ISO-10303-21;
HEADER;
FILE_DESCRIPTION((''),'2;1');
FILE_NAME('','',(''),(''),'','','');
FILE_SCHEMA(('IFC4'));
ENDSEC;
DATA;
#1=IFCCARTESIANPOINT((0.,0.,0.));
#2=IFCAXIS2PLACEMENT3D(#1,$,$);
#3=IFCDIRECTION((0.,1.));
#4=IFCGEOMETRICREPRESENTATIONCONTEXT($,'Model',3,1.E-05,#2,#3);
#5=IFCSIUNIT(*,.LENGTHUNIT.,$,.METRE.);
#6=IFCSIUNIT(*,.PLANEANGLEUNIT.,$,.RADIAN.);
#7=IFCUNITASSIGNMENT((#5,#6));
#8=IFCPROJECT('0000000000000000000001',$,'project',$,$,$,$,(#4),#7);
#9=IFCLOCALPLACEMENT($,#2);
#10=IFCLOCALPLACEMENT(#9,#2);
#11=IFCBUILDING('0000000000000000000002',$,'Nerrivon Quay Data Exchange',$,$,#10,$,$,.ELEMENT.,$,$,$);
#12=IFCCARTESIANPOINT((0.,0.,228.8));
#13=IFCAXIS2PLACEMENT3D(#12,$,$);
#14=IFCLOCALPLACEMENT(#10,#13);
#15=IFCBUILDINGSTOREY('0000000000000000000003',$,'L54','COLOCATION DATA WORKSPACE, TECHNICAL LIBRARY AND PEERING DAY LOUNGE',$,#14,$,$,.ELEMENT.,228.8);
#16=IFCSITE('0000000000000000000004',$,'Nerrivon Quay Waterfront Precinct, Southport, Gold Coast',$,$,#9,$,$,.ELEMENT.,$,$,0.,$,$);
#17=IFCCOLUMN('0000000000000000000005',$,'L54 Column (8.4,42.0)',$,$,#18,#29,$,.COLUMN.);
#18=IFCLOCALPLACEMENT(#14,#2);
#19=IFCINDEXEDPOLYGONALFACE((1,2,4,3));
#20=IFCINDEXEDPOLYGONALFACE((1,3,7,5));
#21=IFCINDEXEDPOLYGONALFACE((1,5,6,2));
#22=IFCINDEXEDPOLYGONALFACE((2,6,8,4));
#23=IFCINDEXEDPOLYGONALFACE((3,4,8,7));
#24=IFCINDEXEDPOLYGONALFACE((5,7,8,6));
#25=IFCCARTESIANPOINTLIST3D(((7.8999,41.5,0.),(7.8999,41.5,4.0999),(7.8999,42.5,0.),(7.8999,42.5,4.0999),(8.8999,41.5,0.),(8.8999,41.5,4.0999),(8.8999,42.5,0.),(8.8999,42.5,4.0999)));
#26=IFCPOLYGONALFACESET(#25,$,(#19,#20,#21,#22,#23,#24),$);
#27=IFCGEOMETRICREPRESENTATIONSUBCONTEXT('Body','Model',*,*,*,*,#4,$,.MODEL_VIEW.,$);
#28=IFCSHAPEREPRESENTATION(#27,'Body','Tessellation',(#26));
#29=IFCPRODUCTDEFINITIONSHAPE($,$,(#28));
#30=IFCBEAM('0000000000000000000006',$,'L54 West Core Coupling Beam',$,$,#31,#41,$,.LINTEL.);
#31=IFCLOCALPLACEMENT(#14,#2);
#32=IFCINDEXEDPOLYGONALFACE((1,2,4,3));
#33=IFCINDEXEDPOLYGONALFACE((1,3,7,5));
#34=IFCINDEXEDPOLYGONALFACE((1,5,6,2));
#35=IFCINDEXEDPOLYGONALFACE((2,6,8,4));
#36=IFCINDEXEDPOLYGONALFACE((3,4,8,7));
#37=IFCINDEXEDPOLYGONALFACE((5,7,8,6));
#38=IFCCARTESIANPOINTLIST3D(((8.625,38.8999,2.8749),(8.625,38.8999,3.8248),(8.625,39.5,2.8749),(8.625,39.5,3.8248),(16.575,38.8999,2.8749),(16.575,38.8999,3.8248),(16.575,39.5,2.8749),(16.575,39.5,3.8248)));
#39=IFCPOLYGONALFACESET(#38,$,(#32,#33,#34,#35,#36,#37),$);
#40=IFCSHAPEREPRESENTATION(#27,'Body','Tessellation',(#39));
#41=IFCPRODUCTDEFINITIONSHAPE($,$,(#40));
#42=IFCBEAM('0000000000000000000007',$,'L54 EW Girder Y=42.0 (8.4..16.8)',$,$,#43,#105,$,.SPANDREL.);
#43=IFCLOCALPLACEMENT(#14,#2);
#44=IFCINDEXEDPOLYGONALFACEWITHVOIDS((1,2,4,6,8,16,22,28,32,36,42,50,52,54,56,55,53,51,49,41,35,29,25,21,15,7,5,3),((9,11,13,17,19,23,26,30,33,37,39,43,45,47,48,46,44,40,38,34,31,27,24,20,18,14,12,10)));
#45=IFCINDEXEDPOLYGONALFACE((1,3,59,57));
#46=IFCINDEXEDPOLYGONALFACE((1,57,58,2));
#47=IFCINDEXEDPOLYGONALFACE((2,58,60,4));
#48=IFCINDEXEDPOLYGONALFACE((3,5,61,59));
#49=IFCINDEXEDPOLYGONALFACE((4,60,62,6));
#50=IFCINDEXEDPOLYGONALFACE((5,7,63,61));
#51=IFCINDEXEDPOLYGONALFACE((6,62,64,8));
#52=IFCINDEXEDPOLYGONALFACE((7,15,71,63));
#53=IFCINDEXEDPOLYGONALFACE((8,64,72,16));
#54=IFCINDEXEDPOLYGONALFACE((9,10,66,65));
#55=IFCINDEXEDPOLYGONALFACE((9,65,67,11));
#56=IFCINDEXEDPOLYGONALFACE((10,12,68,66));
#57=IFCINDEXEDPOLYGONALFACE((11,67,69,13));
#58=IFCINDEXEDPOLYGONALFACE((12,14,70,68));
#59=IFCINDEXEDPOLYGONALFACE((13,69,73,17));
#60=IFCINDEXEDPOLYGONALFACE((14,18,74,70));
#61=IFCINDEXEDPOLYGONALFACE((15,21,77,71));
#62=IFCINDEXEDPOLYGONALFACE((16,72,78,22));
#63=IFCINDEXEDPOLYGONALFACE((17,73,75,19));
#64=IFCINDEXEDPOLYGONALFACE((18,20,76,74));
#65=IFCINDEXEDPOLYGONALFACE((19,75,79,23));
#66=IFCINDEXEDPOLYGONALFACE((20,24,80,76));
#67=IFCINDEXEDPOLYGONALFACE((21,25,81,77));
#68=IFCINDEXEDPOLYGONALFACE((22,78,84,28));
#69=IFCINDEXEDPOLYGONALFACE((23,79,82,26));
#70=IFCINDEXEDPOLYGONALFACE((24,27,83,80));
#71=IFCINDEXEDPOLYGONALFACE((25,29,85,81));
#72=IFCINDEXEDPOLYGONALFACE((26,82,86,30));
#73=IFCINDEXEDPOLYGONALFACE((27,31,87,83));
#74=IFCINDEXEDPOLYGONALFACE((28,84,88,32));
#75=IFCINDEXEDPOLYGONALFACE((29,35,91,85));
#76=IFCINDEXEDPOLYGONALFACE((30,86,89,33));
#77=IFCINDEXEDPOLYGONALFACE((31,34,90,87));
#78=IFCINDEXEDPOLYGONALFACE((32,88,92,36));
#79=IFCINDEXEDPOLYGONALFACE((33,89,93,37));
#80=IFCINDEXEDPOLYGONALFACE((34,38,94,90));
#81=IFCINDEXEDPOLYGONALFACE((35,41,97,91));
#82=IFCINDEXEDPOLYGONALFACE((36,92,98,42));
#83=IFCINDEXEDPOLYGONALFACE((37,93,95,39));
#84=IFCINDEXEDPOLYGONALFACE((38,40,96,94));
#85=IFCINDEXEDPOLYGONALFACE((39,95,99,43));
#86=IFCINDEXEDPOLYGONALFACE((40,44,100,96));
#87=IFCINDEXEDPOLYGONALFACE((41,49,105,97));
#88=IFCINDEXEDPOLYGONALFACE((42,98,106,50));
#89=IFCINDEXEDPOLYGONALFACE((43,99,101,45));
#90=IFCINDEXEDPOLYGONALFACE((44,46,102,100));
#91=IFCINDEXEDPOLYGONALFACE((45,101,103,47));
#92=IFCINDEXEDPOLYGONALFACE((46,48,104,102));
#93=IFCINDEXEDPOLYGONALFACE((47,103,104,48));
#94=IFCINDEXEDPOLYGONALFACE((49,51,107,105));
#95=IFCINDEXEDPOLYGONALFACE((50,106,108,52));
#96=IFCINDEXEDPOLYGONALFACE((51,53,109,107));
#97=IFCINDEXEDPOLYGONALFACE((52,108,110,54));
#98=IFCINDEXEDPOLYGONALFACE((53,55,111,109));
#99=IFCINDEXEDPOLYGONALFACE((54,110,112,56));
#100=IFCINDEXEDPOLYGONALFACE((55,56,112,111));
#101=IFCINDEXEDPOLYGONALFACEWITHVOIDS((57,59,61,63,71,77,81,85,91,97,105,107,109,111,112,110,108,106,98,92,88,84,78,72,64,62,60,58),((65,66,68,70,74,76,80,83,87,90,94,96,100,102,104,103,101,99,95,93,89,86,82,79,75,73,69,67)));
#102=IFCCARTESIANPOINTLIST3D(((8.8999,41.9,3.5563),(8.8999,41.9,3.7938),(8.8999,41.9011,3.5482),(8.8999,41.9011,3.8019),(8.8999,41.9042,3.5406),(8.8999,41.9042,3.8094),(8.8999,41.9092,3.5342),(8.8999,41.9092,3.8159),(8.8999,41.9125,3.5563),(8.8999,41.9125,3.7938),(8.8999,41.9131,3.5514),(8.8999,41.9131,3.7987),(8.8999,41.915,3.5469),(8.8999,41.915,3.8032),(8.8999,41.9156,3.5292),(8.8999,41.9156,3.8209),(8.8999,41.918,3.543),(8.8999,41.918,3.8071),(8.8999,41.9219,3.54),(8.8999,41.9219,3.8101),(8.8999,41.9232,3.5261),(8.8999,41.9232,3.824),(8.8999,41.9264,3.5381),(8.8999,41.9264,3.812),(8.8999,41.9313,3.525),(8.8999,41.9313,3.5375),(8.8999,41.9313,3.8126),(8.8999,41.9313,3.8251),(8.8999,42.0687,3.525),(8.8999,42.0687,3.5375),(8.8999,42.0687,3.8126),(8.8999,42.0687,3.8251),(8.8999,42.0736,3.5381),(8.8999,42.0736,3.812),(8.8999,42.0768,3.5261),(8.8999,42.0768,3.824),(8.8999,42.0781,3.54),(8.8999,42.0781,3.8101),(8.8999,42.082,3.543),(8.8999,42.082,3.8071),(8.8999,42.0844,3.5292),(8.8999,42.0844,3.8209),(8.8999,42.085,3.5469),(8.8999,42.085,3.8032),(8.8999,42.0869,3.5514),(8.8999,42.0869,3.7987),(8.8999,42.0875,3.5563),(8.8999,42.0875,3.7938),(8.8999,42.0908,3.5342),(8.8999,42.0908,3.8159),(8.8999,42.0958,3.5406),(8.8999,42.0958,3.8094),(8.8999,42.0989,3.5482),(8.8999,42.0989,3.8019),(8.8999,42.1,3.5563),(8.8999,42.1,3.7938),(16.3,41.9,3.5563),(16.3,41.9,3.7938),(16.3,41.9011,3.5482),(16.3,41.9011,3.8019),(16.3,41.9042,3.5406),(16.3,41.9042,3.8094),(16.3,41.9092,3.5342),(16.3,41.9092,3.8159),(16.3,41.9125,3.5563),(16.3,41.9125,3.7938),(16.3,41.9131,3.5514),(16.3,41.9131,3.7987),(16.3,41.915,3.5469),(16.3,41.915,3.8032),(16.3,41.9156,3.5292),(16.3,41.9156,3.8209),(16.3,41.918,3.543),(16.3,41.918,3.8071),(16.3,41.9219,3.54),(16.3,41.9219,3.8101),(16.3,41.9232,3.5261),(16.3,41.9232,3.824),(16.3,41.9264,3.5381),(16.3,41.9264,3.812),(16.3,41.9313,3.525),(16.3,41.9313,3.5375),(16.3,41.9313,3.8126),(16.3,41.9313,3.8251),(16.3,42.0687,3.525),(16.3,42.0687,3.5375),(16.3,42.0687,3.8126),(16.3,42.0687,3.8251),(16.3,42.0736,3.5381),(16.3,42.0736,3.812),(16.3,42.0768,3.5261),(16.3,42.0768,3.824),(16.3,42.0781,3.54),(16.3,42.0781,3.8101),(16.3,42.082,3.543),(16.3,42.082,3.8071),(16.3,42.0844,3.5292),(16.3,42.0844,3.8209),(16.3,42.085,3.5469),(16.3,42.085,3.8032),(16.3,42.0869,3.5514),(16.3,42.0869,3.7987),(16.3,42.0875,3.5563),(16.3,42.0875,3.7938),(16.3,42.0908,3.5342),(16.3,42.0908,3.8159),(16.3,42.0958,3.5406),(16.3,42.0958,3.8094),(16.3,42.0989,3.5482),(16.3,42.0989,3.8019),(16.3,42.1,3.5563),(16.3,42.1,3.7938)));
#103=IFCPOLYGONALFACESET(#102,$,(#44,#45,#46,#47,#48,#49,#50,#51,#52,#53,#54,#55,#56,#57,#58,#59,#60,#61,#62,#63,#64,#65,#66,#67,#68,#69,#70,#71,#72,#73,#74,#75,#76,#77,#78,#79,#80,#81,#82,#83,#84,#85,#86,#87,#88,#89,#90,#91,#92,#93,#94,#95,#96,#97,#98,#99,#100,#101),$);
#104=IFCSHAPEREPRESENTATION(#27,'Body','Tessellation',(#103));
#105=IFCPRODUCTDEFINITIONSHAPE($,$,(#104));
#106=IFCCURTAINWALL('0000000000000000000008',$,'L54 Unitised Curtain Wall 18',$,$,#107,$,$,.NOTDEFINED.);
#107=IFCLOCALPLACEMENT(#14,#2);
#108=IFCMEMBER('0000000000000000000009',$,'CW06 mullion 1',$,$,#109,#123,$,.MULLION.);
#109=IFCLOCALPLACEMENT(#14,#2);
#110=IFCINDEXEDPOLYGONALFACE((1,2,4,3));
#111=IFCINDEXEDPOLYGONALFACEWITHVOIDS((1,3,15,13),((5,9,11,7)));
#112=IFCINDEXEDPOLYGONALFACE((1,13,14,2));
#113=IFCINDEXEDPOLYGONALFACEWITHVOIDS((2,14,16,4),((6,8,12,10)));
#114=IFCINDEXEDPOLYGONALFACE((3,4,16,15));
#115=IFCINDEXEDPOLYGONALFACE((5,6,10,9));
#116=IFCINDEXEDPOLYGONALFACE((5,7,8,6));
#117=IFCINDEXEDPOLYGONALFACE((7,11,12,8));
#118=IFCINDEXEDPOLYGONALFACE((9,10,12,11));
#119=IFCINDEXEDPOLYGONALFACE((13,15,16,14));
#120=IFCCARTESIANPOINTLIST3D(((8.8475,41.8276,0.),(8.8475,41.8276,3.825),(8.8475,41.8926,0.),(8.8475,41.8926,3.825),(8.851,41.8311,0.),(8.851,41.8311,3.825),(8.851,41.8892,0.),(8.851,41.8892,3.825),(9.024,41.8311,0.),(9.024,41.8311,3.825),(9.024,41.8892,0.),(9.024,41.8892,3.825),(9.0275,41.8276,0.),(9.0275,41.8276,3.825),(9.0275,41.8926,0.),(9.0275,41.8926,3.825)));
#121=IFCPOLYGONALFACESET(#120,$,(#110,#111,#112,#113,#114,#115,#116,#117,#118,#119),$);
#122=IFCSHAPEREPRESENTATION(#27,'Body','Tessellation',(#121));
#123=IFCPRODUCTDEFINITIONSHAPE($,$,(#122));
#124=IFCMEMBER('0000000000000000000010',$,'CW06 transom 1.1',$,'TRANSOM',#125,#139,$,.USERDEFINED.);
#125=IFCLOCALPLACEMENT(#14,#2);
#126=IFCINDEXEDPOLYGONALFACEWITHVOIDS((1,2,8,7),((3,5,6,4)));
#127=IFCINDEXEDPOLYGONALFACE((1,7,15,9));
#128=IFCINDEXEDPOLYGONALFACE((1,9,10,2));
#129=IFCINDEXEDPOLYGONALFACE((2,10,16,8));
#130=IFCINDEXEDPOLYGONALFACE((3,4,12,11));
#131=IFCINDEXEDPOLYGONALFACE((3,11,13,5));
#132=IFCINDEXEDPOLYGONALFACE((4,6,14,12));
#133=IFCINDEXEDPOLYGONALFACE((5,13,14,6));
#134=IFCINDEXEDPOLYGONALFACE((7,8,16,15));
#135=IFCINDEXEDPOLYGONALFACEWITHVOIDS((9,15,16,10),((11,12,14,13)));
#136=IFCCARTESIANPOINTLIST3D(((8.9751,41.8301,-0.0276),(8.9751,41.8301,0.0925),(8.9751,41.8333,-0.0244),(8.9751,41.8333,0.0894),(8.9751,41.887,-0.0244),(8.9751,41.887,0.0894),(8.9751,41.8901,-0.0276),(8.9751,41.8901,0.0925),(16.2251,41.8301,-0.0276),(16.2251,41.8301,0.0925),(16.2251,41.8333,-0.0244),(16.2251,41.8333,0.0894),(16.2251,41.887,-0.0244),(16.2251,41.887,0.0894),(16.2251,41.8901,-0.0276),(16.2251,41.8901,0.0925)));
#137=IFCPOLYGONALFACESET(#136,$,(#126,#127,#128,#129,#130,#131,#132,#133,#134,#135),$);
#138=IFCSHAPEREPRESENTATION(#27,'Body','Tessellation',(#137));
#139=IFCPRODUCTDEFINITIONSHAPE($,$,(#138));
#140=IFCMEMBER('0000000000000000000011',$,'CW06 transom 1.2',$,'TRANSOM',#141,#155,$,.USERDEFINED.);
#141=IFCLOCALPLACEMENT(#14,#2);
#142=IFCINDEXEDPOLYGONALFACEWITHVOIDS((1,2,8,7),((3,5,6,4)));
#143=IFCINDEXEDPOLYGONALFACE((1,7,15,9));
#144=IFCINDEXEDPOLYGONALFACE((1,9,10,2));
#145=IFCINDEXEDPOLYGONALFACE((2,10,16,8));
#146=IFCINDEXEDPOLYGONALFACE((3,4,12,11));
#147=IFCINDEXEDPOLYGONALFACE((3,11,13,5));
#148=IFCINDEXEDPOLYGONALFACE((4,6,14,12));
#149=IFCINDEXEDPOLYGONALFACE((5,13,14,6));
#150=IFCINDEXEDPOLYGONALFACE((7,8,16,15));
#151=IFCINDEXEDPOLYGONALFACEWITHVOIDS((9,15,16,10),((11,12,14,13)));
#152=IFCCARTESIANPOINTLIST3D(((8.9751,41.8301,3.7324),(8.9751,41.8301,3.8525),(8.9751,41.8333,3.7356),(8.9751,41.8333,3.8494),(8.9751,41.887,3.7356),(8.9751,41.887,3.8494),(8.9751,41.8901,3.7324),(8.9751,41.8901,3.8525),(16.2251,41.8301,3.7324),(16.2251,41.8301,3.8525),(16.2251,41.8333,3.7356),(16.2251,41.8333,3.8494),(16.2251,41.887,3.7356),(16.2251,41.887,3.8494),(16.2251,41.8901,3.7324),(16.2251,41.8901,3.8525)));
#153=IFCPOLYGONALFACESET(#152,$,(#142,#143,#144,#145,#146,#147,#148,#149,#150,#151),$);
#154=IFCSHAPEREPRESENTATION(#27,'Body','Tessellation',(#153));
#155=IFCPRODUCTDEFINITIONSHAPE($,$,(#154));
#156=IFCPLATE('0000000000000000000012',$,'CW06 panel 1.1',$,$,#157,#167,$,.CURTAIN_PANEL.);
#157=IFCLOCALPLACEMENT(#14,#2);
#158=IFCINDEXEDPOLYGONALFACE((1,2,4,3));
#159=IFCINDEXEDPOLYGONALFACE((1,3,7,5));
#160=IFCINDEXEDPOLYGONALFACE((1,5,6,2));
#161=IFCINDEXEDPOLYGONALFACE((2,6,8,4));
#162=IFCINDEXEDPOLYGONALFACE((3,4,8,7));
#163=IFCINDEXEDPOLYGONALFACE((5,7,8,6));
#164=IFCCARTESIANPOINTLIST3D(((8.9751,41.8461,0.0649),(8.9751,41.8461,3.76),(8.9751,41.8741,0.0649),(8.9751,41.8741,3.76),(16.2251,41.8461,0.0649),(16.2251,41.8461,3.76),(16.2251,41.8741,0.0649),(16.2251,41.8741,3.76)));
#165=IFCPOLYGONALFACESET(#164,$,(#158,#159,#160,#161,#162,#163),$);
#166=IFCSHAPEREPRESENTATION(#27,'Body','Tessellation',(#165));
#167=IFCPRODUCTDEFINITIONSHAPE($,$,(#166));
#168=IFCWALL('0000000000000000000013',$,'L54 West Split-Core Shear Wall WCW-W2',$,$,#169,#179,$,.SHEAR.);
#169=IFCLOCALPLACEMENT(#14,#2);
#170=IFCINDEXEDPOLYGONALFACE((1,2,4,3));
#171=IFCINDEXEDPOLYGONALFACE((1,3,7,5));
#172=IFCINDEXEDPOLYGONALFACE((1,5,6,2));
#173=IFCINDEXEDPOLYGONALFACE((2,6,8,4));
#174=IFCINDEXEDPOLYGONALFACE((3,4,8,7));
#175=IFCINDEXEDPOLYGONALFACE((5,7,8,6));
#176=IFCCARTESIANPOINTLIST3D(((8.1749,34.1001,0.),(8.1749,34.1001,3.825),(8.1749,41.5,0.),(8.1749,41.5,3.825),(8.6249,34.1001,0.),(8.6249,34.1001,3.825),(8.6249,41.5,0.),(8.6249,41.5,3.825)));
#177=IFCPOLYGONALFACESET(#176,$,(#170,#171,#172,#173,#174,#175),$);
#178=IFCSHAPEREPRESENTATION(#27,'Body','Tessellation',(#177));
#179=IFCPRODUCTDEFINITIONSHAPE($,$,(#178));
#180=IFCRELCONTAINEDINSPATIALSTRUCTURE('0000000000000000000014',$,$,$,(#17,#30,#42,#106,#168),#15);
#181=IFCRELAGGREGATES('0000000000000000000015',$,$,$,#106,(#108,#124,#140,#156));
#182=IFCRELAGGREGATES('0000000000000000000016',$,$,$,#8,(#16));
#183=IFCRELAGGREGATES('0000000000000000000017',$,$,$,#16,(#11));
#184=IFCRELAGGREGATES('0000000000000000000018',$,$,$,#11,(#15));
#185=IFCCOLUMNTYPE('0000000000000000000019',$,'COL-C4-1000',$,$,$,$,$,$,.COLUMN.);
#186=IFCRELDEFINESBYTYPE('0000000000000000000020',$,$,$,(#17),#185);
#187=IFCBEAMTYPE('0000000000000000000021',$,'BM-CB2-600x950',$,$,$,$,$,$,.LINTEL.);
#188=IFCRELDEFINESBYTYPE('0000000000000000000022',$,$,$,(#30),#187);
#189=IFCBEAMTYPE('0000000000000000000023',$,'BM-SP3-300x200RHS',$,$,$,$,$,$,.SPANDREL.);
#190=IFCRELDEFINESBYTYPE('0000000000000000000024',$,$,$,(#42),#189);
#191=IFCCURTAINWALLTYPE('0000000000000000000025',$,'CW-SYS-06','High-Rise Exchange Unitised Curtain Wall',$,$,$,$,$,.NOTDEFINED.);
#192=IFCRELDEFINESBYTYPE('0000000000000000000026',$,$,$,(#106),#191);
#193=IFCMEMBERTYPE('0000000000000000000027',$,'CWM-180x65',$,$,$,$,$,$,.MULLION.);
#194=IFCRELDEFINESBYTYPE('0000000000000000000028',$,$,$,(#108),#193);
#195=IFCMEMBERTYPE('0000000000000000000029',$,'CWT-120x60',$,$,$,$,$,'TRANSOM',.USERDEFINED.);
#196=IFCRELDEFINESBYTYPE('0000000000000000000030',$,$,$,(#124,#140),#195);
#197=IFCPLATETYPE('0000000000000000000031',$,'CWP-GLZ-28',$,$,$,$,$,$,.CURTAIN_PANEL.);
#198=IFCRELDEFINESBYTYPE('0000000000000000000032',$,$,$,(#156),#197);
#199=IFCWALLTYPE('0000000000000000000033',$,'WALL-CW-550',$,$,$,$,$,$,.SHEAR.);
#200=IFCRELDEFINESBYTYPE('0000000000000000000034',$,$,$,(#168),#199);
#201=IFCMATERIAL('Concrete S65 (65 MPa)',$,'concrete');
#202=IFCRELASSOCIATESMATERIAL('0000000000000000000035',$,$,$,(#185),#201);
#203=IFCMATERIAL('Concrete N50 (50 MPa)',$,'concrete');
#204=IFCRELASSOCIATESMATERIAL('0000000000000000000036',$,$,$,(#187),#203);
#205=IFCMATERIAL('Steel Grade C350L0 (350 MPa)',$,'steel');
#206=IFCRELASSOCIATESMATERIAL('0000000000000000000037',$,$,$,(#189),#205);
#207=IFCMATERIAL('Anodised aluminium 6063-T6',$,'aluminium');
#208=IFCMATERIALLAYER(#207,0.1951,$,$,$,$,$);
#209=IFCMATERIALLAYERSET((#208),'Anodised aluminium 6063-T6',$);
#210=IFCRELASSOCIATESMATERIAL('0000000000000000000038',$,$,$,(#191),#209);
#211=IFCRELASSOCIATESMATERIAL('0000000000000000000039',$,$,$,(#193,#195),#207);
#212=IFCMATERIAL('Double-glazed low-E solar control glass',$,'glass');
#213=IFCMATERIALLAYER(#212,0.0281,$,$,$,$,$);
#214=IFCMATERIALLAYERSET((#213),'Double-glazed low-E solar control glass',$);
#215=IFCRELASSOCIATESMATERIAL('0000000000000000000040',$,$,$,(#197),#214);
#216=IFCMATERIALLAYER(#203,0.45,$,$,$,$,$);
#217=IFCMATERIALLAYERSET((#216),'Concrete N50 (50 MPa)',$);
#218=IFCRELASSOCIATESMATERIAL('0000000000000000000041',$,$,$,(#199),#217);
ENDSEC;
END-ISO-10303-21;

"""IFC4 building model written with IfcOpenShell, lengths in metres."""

from ifc_helpers import new_model, si_unit, direction, frame, frame_2d, origin, origin_2d, place, context, subcontext, project, spatial, rectangle, hollow_rectangle, extrude, material, layer, layer_set, material_profile, profile_set, type_object, element, aggregate, save


model = new_model("IFC4")

# Units and contexts
model_context = context("Model", 3, precision=1e-05, world=origin(), true_north=direction((0.0, 1.0)))
body_context = subcontext(model_context, "Body", "Model", "MODEL_VIEW")
ifc_project = project(units=[si_unit("LENGTHUNIT", "METRE"), si_unit("PLANEANGLEUNIT", "RADIAN")], contexts=[model_context])

# Site, building, storey
site_placement = place(None, origin())
site = spatial("IfcSite", under=ifc_project, at=site_placement, Name="Nerrivon Quay Waterfront Precinct, Southport, Gold Coast", CompositionType="ELEMENT", RefElevation=0.0)
building_placement = place(site_placement, origin())
building = spatial("IfcBuilding", under=site, at=building_placement, Name="Nerrivon Quay Data Exchange", CompositionType="ELEMENT")
storey_placement = place(building_placement, frame((0.0, 0.0, 228.8)))
storey = spatial("IfcBuildingStorey", under=building, at=storey_placement, Name="L54", Description="COLOCATION DATA WORKSPACE, TECHNICAL LIBRARY AND PEERING DAY LOUNGE", CompositionType="ELEMENT", Elevation=228.8)

# Column
ifc_material_1 = material(Name="Concrete S65 (65 MPa)", Category="concrete")
ifc_material_profile_1 = material_profile(ifc_material_1, rectangle(XDim=1.0, YDim=1.0, at=origin_2d()), Name="RC-COL-1000x1000")
ifc_profile_set_1 = profile_set([ifc_material_profile_1], Name="Concrete S65 (65 MPa)")
column_type = type_object("IfcColumnType", Name="COL-C4-1000", PredefinedType="COLUMN", material=ifc_profile_set_1)
column_placement = place(storey_placement, frame((8.3999, 42.0, 0.0), z_axis=(0.0, 0.0, 1.0), x_axis=(1.0, 0.0, 0.0)))
element("IfcColumn", 1, at=column_placement, inside=storey, type_object=column_type, Name="L54 Column (8.4,42.0)", PredefinedType="COLUMN", context=body_context, shape_type="SweptSolid", body=[
    extrude(rectangle(XDim=1.0, YDim=1.0, at=origin_2d()), origin(), (0.0, 0.0, 1.0), 4.0999),
])

# Beams
ifc_material_2 = material(Name="Concrete N50 (50 MPa)", Category="concrete")
ifc_material_profile_2 = material_profile(ifc_material_2, rectangle(XDim=0.6001, YDim=0.95, at=origin_2d()), Name="RC-CB-600x950")
ifc_profile_set_2 = profile_set([ifc_material_profile_2], Name="Concrete N50 (50 MPa)")
beam_type_1 = type_object("IfcBeamType", Name="BM-CB2-600x950", PredefinedType="LINTEL", material=ifc_profile_set_2)
beam_1_placement = place(storey_placement, frame((8.625, 39.2, 3.3499), z_axis=(1.0, 0.0, 0.0), x_axis=(0.0, 1.0, 0.0)))
element("IfcBeam", 2, at=beam_1_placement, inside=storey, type_object=beam_type_1, Name="L54 West Core Coupling Beam", PredefinedType="LINTEL", context=body_context, shape_type="SweptSolid", body=[
    extrude(rectangle(XDim=0.6001, YDim=0.95, at=origin_2d()), origin(), (0.0, 0.0, 1.0), 7.95),
])
ifc_material_3 = material(Name="Steel Grade C350L0 (350 MPa)", Category="steel")
ifc_material_profile_3 = material_profile(ifc_material_3, hollow_rectangle(XDim=0.2, YDim=0.3, WallThickness=0.0125, InnerFilletRadius=0.0188, OuterFilletRadius=0.0312, at=origin_2d()), Name="300x200x12.5RHS")
ifc_profile_set_3 = profile_set([ifc_material_profile_3], Name="Steel Grade C350L0 (350 MPa)")
beam_type_2 = type_object("IfcBeamType", Name="BM-SP3-300x200RHS", PredefinedType="SPANDREL", material=ifc_profile_set_3)
beam_2_placement = place(storey_placement, frame((8.8999, 42.0, 3.675), z_axis=(1.0, 0.0, 0.0), x_axis=(0.0, 1.0, 0.0)))
element("IfcBeam", 3, at=beam_2_placement, inside=storey, type_object=beam_type_2, Name="L54 EW Girder Y=42.0 (8.4..16.8)", PredefinedType="SPANDREL", context=body_context, shape_type="SweptSolid", body=[
    extrude(hollow_rectangle(XDim=0.2, YDim=0.3, WallThickness=0.0125, InnerFilletRadius=0.0188, OuterFilletRadius=0.0312, at=origin_2d()), origin(), (0.0, 0.0, 1.0), 7.4001),
])

# Curtain wall, members, plate
ifc_material_4 = material(Name="Anodised aluminium 6063-T6", Category="aluminium")
ifc_layer_1 = layer(ifc_material_4, 0.1951)
ifc_layer_set_1 = layer_set([ifc_layer_1], Name="Anodised aluminium 6063-T6")
curtain_wall_type = type_object("IfcCurtainWallType", Name="CW-SYS-06", Description="High-Rise Exchange Unitised Curtain Wall", PredefinedType="NOTDEFINED", material=ifc_layer_set_1)
curtain_wall_placement = place(storey_placement, origin())
curtain_wall = element("IfcCurtainWall", 4, at=curtain_wall_placement, inside=storey, type_object=curtain_wall_type, Name="L54 Unitised Curtain Wall 18", PredefinedType="NOTDEFINED")
ifc_material_profile_4 = material_profile(ifc_material_4, hollow_rectangle(XDim=0.0649, YDim=0.1799, WallThickness=0.0034, at=origin_2d()), Name="ALU-MULL-180x65")
ifc_profile_set_4 = profile_set([ifc_material_profile_4], Name="Anodised aluminium 6063-T6")
member_type_1 = type_object("IfcMemberType", Name="CWM-180x65", PredefinedType="MULLION", material=ifc_profile_set_4)
member_1_placement = place(storey_placement, frame((8.9375, 41.8601, 0.0), z_axis=(0.0, 0.0, 1.0), x_axis=(0.0, 1.0, 0.0)))
member_1 = element("IfcMember", 5, at=member_1_placement, type_object=member_type_1, Name="CW06 mullion 1", PredefinedType="MULLION", context=body_context, shape_type="SweptSolid", body=[
    extrude(hollow_rectangle(XDim=0.0649, YDim=0.1799, WallThickness=0.0034, at=origin_2d()), origin(), (0.0, 0.0, 1.0), 3.825),
])
ifc_material_profile_5 = material_profile(ifc_material_4, hollow_rectangle(XDim=0.0601, YDim=0.1201, WallThickness=0.0032, at=origin_2d()), Name="ALU-TRAN-120x60")
ifc_profile_set_5 = profile_set([ifc_material_profile_5], Name="Anodised aluminium 6063-T6")
member_type_2 = type_object("IfcMemberType", Name="CWT-120x60", ElementType="TRANSOM", PredefinedType="USERDEFINED", material=ifc_profile_set_5)
member_2_placement = place(storey_placement, frame((8.9751, 41.8601, 0.0325), z_axis=(1.0, 0.0, 0.0), x_axis=(0.0, 1.0, 0.0)))
member_2 = element("IfcMember", 6, at=member_2_placement, type_object=member_type_2, Name="CW06 transom 1.1", ObjectType="TRANSOM", PredefinedType="USERDEFINED", context=body_context, shape_type="SweptSolid", body=[
    extrude(hollow_rectangle(XDim=0.0601, YDim=0.1201, WallThickness=0.0032, at=origin_2d()), origin(), (0.0, 0.0, 1.0), 7.25),
])
member_3_placement = place(storey_placement, frame((8.9751, 41.8601, 3.7925), z_axis=(1.0, 0.0, 0.0), x_axis=(0.0, 1.0, 0.0)))
member_3 = element("IfcMember", 7, at=member_3_placement, type_object=member_type_2, Name="CW06 transom 1.2", ObjectType="TRANSOM", PredefinedType="USERDEFINED", context=body_context, shape_type="SweptSolid", body=[
    extrude(hollow_rectangle(XDim=0.0601, YDim=0.1201, WallThickness=0.0032, at=origin_2d()), origin(), (0.0, 0.0, 1.0), 7.25),
])
ifc_material_5 = material(Name="Double-glazed low-E solar control glass", Category="glass")
ifc_layer_2 = layer(ifc_material_5, 0.0281)
ifc_layer_set_2 = layer_set([ifc_layer_2], Name="Double-glazed low-E solar control glass")
plate_type = type_object("IfcPlateType", Name="CWP-GLZ-28", PredefinedType="CURTAIN_PANEL", material=ifc_layer_set_2)
plate_placement = place(storey_placement, frame((12.6001, 41.8601, 0.0649), z_axis=(0.0, 0.0, 1.0), x_axis=(1.0, 0.0, 0.0)))
plate = element("IfcPlate", 8, at=plate_placement, type_object=plate_type, Name="CW06 panel 1.1", PredefinedType="CURTAIN_PANEL", context=body_context, shape_type="SweptSolid", body=[
    extrude(rectangle(XDim=7.25, YDim=0.0281, at=origin_2d()), origin(), (0.0, 0.0, 1.0), 3.6951),
])
aggregate(curtain_wall, [member_1, member_2, member_3, plate])

# Wall
ifc_layer_3 = layer(ifc_material_2, 0.45)
ifc_layer_set_3 = layer_set([ifc_layer_3], Name="Concrete N50 (50 MPa)")
wall_type_1 = type_object("IfcWallType", Name="WALL-CW-550", PredefinedType="SHEAR", material=ifc_layer_set_3)
wall_1_placement = place(storey_placement, frame((8.3999, 34.1001, 0.0), z_axis=(0.0, 0.0, 1.0), x_axis=(0.0, 1.0, 0.0)))
element("IfcWall", 9, at=wall_1_placement, inside=storey, type_object=wall_type_1, Name="L54 West Split-Core Shear Wall WCW-W2", PredefinedType="SHEAR", context=body_context, shape_type="SweptSolid", body=[
    extrude(rectangle(XDim=7.3999, YDim=0.45, at=frame_2d((3.7, 0.0))), origin(), (0.0, 0.0, 1.0), 3.825),
])

save(model, "model.ifc")
